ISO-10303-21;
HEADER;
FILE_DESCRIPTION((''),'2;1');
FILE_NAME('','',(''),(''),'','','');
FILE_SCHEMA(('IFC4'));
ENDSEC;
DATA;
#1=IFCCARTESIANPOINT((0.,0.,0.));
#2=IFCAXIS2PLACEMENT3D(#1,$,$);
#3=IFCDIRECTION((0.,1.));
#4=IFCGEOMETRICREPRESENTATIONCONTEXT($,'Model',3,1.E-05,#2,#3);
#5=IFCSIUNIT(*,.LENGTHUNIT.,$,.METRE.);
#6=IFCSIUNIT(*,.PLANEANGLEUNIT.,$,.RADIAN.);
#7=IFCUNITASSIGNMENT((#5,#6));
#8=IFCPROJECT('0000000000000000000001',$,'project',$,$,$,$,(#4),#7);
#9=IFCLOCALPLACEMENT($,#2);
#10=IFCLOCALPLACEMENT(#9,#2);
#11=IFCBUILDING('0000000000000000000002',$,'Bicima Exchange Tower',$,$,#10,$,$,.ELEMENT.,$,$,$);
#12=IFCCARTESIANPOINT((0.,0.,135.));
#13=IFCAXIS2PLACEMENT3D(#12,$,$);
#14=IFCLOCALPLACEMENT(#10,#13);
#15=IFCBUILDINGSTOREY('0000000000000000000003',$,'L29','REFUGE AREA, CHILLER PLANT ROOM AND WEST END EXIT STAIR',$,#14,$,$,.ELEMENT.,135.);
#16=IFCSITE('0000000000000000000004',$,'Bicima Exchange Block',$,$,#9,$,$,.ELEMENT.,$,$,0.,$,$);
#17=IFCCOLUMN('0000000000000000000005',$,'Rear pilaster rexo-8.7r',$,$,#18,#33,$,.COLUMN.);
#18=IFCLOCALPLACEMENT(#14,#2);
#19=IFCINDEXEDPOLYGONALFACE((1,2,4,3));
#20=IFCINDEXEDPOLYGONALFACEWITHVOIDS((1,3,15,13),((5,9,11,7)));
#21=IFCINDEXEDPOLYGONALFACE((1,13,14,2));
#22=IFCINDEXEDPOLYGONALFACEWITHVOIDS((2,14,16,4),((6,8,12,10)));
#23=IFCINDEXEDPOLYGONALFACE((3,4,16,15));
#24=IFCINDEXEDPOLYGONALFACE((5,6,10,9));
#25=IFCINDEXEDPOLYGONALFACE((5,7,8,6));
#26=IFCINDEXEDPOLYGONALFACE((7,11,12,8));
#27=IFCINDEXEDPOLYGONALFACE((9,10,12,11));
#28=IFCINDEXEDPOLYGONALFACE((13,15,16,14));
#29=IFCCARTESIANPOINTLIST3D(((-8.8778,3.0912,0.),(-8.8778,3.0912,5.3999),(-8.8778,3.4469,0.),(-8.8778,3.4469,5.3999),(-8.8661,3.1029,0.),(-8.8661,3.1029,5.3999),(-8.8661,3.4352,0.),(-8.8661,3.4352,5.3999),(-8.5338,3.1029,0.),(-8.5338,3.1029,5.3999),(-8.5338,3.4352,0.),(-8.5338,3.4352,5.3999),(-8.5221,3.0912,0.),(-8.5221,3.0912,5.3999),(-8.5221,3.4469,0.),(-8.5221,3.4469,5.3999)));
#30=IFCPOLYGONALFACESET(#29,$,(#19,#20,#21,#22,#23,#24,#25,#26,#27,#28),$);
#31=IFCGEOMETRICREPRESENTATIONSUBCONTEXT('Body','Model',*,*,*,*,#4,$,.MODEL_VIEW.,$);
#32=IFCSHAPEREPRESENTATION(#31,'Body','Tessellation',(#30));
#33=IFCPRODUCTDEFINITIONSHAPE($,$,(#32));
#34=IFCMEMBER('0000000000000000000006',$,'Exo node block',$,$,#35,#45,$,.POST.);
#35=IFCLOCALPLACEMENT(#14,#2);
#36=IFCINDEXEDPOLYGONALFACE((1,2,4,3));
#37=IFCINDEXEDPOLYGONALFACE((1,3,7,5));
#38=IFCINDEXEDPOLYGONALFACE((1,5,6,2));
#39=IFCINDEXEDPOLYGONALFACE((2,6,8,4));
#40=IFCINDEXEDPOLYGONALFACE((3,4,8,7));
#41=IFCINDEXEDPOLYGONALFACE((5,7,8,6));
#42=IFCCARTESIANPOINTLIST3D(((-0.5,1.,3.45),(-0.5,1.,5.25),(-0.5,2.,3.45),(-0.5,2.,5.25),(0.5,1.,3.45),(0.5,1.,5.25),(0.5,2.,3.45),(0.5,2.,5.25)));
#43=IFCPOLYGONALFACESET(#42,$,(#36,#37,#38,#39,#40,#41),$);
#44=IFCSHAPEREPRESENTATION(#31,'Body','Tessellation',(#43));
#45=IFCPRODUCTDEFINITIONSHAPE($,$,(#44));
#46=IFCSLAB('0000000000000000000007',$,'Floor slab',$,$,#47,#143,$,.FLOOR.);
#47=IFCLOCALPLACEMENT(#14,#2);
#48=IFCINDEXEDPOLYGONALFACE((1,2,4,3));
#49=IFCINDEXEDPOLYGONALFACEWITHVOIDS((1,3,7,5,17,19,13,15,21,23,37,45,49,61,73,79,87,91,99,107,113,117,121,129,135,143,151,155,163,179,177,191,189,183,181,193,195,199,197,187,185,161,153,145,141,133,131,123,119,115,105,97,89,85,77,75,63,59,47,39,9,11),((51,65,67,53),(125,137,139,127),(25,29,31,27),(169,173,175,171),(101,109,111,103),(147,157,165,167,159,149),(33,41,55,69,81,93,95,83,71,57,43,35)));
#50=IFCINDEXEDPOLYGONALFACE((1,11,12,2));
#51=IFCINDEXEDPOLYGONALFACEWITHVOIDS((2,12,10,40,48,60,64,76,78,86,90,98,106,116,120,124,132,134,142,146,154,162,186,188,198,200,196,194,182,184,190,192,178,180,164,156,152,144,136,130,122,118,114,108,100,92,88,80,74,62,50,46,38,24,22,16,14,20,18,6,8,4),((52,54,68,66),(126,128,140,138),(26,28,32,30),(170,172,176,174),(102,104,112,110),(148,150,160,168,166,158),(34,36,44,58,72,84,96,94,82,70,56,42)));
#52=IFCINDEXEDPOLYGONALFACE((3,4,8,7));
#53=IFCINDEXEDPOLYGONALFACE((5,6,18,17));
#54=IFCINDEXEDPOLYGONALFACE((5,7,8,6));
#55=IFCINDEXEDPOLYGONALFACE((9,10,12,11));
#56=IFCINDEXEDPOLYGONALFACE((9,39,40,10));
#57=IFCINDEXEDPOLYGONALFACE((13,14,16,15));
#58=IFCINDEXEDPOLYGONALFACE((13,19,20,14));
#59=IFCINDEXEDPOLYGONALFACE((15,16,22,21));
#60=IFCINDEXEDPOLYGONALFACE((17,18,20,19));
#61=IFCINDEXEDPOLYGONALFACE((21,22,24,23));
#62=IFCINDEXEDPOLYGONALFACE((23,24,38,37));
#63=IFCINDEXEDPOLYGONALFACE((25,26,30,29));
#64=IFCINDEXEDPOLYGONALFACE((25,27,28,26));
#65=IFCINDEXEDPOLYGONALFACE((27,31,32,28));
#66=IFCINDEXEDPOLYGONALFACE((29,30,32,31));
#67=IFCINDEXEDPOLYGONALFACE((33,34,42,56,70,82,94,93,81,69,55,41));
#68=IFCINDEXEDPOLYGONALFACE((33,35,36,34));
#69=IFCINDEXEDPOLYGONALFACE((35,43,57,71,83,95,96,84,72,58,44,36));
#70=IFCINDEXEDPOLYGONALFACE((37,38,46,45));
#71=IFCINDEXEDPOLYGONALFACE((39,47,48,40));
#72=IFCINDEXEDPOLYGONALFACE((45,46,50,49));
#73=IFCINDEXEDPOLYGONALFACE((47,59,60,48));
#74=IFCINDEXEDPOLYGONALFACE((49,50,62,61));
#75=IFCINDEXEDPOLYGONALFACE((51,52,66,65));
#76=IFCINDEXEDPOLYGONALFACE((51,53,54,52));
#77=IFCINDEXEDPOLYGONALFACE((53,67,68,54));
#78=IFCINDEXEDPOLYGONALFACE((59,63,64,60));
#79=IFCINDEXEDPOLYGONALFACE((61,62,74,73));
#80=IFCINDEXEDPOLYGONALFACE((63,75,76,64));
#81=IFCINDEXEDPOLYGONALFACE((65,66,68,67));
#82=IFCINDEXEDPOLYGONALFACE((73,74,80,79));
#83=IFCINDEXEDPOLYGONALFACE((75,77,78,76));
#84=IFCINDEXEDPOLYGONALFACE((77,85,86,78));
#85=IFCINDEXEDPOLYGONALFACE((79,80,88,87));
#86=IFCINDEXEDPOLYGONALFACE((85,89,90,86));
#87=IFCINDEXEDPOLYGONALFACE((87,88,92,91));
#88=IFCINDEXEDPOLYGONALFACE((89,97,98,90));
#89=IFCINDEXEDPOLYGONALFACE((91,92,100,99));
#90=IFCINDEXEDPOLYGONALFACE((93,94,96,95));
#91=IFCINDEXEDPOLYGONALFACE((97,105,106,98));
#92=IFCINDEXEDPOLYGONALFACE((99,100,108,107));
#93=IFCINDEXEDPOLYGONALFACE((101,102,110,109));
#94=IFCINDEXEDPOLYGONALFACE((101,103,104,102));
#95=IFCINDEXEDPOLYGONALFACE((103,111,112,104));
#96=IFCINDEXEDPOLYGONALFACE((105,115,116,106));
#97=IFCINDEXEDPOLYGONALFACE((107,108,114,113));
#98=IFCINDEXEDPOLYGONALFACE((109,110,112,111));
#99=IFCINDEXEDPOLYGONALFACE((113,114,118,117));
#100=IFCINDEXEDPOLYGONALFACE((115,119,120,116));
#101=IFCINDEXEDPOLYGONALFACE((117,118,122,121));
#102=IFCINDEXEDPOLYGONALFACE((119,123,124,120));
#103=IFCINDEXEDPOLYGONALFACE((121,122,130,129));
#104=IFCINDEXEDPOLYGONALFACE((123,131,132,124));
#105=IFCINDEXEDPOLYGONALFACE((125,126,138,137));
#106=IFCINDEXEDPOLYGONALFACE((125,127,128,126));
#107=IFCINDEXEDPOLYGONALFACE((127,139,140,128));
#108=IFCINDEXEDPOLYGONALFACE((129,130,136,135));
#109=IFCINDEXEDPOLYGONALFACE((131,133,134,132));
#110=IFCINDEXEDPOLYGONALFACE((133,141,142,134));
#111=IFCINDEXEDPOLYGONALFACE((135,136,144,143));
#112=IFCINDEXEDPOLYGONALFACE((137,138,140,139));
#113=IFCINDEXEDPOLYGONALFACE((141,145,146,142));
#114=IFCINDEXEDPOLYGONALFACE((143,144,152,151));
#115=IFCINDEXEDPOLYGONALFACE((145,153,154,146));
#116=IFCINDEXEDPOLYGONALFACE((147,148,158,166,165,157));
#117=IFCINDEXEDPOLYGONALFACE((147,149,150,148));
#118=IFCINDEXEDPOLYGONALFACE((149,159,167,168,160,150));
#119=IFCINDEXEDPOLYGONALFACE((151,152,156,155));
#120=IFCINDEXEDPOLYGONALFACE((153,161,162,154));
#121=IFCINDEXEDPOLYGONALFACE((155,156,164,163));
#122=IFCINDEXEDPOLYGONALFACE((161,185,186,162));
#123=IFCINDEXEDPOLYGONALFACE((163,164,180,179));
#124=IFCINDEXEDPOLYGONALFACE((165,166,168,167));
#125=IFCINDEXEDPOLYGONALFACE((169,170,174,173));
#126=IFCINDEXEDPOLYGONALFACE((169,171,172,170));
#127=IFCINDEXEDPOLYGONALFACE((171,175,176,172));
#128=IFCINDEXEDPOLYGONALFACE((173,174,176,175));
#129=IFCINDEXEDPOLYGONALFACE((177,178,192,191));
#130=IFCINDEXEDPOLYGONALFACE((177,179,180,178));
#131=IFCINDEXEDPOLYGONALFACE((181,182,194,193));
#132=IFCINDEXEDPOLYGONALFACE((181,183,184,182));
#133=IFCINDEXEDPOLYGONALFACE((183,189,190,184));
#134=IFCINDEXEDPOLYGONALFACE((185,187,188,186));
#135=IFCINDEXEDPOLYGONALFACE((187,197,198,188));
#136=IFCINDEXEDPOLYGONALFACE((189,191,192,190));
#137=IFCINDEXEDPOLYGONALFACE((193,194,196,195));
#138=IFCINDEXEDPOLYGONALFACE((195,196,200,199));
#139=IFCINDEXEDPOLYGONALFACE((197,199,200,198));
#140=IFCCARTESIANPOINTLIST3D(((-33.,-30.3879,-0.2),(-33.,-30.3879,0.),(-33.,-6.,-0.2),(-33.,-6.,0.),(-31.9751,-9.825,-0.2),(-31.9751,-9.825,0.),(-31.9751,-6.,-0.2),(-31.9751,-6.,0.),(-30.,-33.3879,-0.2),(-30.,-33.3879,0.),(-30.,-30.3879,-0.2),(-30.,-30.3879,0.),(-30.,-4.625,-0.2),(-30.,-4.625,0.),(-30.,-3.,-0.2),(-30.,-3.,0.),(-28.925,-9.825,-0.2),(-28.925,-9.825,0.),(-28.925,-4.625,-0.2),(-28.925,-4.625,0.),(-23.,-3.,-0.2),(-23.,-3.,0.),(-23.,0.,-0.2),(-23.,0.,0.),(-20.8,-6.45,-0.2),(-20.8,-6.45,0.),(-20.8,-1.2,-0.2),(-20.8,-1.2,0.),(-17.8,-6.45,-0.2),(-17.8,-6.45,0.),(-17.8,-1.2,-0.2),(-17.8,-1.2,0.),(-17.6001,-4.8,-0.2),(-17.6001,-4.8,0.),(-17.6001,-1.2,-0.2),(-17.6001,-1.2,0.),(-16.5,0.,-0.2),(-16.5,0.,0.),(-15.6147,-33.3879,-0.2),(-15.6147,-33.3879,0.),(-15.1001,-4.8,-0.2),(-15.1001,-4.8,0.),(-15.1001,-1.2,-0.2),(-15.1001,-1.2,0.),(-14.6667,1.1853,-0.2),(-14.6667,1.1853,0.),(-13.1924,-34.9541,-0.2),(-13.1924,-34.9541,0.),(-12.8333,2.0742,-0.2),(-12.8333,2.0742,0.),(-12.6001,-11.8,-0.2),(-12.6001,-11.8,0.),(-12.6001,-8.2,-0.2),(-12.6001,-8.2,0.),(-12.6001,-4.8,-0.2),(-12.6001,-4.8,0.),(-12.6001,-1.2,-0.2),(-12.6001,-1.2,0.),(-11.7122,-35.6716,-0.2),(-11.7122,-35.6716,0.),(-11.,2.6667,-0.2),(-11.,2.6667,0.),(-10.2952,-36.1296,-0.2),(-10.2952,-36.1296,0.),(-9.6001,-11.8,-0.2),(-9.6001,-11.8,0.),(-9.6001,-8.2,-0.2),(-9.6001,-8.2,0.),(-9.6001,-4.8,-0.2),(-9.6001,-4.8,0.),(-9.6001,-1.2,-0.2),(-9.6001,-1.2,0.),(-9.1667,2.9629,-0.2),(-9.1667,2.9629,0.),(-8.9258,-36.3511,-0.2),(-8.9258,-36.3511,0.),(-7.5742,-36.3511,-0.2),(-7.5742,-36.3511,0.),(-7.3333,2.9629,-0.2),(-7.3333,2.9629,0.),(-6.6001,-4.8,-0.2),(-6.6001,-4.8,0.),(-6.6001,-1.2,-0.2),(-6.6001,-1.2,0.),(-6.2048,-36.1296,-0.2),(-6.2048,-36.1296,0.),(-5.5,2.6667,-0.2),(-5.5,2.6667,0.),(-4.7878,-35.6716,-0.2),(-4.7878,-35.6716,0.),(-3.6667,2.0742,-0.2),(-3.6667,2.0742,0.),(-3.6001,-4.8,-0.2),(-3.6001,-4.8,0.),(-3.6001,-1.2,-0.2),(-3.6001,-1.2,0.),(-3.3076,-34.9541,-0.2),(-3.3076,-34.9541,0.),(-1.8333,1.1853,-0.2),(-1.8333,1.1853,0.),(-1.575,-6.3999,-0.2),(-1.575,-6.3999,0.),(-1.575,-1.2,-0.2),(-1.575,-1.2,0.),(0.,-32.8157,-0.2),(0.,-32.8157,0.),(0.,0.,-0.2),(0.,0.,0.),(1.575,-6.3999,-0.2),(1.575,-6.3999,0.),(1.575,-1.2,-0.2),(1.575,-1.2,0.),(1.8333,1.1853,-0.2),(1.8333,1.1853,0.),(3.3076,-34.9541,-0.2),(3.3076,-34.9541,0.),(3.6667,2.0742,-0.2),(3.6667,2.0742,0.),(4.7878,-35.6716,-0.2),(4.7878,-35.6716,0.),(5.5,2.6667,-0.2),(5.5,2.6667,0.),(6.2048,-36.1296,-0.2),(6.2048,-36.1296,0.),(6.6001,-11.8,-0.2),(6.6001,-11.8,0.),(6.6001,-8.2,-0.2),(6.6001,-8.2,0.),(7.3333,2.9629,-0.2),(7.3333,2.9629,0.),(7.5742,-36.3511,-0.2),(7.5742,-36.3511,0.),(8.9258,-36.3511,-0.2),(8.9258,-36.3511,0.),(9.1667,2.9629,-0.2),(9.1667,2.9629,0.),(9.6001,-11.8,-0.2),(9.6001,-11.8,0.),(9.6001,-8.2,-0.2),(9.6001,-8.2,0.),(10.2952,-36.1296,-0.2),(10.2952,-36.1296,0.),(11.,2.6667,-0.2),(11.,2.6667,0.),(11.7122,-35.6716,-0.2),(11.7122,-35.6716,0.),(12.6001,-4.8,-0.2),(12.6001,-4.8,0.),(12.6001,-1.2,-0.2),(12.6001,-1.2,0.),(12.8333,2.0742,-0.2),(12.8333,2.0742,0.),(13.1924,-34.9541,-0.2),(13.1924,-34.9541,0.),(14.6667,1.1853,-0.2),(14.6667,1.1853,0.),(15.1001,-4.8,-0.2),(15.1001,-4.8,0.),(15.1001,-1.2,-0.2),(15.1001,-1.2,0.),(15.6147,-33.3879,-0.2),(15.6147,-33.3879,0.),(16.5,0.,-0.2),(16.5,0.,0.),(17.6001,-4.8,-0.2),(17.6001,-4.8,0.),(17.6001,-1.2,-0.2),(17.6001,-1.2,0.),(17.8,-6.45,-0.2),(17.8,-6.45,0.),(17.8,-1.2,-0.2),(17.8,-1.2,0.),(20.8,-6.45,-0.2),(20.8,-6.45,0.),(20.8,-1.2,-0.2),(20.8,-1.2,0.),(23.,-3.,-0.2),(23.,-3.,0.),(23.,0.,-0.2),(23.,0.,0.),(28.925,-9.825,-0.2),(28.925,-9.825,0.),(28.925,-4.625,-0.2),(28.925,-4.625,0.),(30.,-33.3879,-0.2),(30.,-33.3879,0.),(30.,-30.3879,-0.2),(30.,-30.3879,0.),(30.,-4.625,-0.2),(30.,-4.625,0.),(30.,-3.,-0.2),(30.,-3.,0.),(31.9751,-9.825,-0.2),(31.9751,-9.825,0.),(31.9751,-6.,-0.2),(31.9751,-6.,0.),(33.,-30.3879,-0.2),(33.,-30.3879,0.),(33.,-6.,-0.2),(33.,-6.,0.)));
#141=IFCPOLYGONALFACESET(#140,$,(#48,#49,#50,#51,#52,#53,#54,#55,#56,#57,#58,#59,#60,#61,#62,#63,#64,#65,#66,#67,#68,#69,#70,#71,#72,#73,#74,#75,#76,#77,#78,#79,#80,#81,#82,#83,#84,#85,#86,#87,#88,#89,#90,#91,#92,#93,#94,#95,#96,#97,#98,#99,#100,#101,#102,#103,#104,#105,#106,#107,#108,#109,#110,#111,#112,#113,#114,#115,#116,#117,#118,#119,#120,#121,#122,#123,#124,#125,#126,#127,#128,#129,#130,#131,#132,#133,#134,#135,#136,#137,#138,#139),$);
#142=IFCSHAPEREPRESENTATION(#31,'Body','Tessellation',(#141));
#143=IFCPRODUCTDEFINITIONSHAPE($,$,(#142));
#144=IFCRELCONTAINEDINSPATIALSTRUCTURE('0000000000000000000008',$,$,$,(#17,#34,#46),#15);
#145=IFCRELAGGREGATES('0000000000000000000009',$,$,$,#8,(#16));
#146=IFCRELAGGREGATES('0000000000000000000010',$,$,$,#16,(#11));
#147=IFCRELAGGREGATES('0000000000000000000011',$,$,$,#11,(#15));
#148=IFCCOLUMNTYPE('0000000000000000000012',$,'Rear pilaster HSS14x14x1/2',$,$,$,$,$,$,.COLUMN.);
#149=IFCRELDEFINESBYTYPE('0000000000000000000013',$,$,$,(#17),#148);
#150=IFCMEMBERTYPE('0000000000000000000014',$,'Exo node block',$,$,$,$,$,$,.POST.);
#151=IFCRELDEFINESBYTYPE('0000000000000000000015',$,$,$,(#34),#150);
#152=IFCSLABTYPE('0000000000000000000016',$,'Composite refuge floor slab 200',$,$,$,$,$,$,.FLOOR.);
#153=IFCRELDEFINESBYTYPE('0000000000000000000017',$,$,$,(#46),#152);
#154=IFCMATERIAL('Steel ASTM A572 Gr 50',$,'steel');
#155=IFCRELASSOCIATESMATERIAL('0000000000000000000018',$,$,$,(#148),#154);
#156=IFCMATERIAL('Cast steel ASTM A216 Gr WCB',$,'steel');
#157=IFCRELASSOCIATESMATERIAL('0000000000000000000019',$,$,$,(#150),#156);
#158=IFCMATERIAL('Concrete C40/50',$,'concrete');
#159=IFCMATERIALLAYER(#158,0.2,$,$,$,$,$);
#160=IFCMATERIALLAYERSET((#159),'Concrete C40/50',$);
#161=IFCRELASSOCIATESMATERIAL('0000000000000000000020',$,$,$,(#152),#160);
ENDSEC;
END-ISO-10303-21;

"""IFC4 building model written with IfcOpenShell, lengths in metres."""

from ifc_helpers import new_model, si_unit, direction, frame, origin, origin_2d, place, context, subcontext, project, spatial, polyline, rectangle, hollow_rectangle, outline, extrude, material, layer, layer_set, material_profile, profile_set, type_object, element, save


model = new_model("IFC4")

# Units and contexts
model_context = context("Model", 3, precision=1e-05, world=origin(), true_north=direction((0.0, 1.0)))
body_context = subcontext(model_context, "Body", "Model", "MODEL_VIEW")
ifc_project = project(units=[si_unit("LENGTHUNIT", "METRE"), si_unit("PLANEANGLEUNIT", "RADIAN")], contexts=[model_context])

# Site, building, storey
site_placement = place(None, origin())
site = spatial("IfcSite", under=ifc_project, at=site_placement, Name="Bicima Exchange Block", CompositionType="ELEMENT", RefElevation=0.0)
building_placement = place(site_placement, origin())
building = spatial("IfcBuilding", under=site, at=building_placement, Name="Bicima Exchange Tower", CompositionType="ELEMENT")
storey_placement = place(building_placement, frame((0.0, 0.0, 135.0)))
storey = spatial("IfcBuildingStorey", under=building, at=storey_placement, Name="L29", Description="REFUGE AREA, CHILLER PLANT ROOM AND WEST END EXIT STAIR", CompositionType="ELEMENT", Elevation=135.0)

# Column
ifc_material_1 = material(Name="Steel ASTM A572 Gr 50", Category="steel")
ifc_material_profile_1 = material_profile(ifc_material_1, hollow_rectangle(XDim=0.3557, YDim=0.3557, WallThickness=0.0117, at=origin_2d()))
ifc_profile_set_1 = profile_set([ifc_material_profile_1], Name="Steel ASTM A572 Gr 50")
column_type = type_object("IfcColumnType", Name="Rear pilaster HSS14x14x1/2", PredefinedType="COLUMN", material=ifc_profile_set_1)
column_placement = place(storey_placement, frame((-8.7, 3.269, 0.0), z_axis=(0.0, 0.0, 1.0), x_axis=(1.0, 0.0, 0.0)))
element("IfcColumn", 1, at=column_placement, inside=storey, type_object=column_type, Name="Rear pilaster rexo-8.7r", PredefinedType="COLUMN", context=body_context, shape_type="SweptSolid", body=[
    extrude(hollow_rectangle(XDim=0.3557, YDim=0.3557, WallThickness=0.0117, at=origin_2d()), origin(), (0.0, 0.0, 1.0), 5.3999),
])

# Member
ifc_material_2 = material(Name="Cast steel ASTM A216 Gr WCB", Category="steel")
ifc_material_profile_2 = material_profile(ifc_material_2, rectangle(XDim=1.0, YDim=1.0, at=origin_2d()))
ifc_profile_set_2 = profile_set([ifc_material_profile_2], Name="Cast steel ASTM A216 Gr WCB")
member_type = type_object("IfcMemberType", Name="Exo node block", PredefinedType="POST", material=ifc_profile_set_2)
member_placement = place(storey_placement, frame((0.0, 1.5, 3.45), z_axis=(0.0, 0.0, 1.0), x_axis=(1.0, 0.0, 0.0)))
element("IfcMember", 2, at=member_placement, inside=storey, type_object=member_type, Name="Exo node block", PredefinedType="POST", context=body_context, shape_type="SweptSolid", body=[
    extrude(rectangle(XDim=1.0, YDim=1.0, at=origin_2d()), origin(), (0.0, 0.0, 1.0), 1.8),
])

# Slab
ifc_material_3 = material(Name="Concrete C40/50", Category="concrete")
ifc_layer_1 = layer(ifc_material_3, 0.2)
ifc_layer_set_1 = layer_set([ifc_layer_1], Name="Concrete C40/50")
slab_type = type_object("IfcSlabType", Name="Composite refuge floor slab 200", PredefinedType="FLOOR", material=ifc_layer_set_1)
slab_1_placement = place(storey_placement, frame((0.0, 0.0, -0.2)))
element("IfcSlab", 3, at=slab_1_placement, inside=storey, type_object=slab_type, Name="Floor slab", PredefinedType="FLOOR", context=body_context, shape_type="SweptSolid", body=[
    extrude(outline(polyline([(33.0, -6.0), (33.0, -30.3879), (30.0, -30.3879), (30.0, -33.3879), (15.6147, -33.3879), (13.1924, -34.9541), (11.7122, -35.6716), (10.2952, -36.1296), (8.9258, -36.3511), (7.5742, -36.3511), (6.2048, -36.1296), (4.7878, -35.6716), (3.3076, -34.9541), (0.0, -32.8157), (-3.3076, -34.9541), (-4.7878, -35.6716), (-6.2048, -36.1296), (-7.5742, -36.3511), (-8.9258, -36.3511), (-10.2952, -36.1296), (-11.7122, -35.6716), (-13.1924, -34.9541), (-15.6147, -33.3879), (-30.0, -33.3879), (-30.0, -30.3879), (-33.0, -30.3879), (-33.0, -6.0), (-31.9751, -6.0), (-31.9751, -9.825), (-28.925, -9.825), (-28.925, -4.625), (-30.0, -4.625), (-30.0, -3.0), (-23.0, -3.0), (-23.0, 0.0), (-16.5, 0.0), (-14.6667, 1.1853), (-12.8333, 2.0742), (-11.0, 2.6667), (-9.1667, 2.9629), (-7.3333, 2.9629), (-5.5, 2.6667), (-3.6667, 2.0742), (-1.8333, 1.1853), (0.0, 0.0), (1.8333, 1.1853), (3.6667, 2.0742), (5.5, 2.6667), (7.3333, 2.9629), (9.1667, 2.9629), (11.0, 2.6667), (12.8333, 2.0742), (14.6667, 1.1853), (16.5, 0.0), (23.0, 0.0), (23.0, -3.0), (30.0, -3.0), (30.0, -4.625), (28.925, -4.625), (28.925, -9.825), (31.9751, -9.825), (31.9751, -6.0), (33.0, -6.0)]), holes=[polyline([(-9.6001, -11.8), (-9.6001, -8.2), (-12.6001, -8.2), (-12.6001, -11.8), (-9.6001, -11.8)]), polyline([(-20.8, -6.45), (-17.8, -6.45), (-17.8, -1.2), (-20.8, -1.2), (-20.8, -6.45)]), polyline([(-9.6001, -1.2), (-12.6001, -1.2), (-15.1001, -1.2), (-17.6001, -1.2), (-17.6001, -4.8), (-15.1001, -4.8), (-12.6001, -4.8), (-9.6001, -4.8), (-6.6001, -4.8), (-3.6001, -4.8), (-3.6001, -1.2), (-6.6001, -1.2), (-9.6001, -1.2)]), polyline([(9.6001, -11.8), (9.6001, -8.2), (6.6001, -8.2), (6.6001, -11.8), (9.6001, -11.8)]), polyline([(17.8, -6.45), (20.8, -6.45), (20.8, -1.2), (17.8, -1.2), (17.8, -6.45)]), polyline([(-1.575, -6.3999), (1.575, -6.3999), (1.575, -1.2), (-1.575, -1.2), (-1.575, -6.3999)]), polyline([(17.6001, -4.8), (17.6001, -1.2), (15.1001, -1.2), (12.6001, -1.2), (12.6001, -4.8), (15.1001, -4.8), (17.6001, -4.8)])]), origin(), (0.0, 0.0, 1.0), 0.2),
])

save(model, "model.ifc")
